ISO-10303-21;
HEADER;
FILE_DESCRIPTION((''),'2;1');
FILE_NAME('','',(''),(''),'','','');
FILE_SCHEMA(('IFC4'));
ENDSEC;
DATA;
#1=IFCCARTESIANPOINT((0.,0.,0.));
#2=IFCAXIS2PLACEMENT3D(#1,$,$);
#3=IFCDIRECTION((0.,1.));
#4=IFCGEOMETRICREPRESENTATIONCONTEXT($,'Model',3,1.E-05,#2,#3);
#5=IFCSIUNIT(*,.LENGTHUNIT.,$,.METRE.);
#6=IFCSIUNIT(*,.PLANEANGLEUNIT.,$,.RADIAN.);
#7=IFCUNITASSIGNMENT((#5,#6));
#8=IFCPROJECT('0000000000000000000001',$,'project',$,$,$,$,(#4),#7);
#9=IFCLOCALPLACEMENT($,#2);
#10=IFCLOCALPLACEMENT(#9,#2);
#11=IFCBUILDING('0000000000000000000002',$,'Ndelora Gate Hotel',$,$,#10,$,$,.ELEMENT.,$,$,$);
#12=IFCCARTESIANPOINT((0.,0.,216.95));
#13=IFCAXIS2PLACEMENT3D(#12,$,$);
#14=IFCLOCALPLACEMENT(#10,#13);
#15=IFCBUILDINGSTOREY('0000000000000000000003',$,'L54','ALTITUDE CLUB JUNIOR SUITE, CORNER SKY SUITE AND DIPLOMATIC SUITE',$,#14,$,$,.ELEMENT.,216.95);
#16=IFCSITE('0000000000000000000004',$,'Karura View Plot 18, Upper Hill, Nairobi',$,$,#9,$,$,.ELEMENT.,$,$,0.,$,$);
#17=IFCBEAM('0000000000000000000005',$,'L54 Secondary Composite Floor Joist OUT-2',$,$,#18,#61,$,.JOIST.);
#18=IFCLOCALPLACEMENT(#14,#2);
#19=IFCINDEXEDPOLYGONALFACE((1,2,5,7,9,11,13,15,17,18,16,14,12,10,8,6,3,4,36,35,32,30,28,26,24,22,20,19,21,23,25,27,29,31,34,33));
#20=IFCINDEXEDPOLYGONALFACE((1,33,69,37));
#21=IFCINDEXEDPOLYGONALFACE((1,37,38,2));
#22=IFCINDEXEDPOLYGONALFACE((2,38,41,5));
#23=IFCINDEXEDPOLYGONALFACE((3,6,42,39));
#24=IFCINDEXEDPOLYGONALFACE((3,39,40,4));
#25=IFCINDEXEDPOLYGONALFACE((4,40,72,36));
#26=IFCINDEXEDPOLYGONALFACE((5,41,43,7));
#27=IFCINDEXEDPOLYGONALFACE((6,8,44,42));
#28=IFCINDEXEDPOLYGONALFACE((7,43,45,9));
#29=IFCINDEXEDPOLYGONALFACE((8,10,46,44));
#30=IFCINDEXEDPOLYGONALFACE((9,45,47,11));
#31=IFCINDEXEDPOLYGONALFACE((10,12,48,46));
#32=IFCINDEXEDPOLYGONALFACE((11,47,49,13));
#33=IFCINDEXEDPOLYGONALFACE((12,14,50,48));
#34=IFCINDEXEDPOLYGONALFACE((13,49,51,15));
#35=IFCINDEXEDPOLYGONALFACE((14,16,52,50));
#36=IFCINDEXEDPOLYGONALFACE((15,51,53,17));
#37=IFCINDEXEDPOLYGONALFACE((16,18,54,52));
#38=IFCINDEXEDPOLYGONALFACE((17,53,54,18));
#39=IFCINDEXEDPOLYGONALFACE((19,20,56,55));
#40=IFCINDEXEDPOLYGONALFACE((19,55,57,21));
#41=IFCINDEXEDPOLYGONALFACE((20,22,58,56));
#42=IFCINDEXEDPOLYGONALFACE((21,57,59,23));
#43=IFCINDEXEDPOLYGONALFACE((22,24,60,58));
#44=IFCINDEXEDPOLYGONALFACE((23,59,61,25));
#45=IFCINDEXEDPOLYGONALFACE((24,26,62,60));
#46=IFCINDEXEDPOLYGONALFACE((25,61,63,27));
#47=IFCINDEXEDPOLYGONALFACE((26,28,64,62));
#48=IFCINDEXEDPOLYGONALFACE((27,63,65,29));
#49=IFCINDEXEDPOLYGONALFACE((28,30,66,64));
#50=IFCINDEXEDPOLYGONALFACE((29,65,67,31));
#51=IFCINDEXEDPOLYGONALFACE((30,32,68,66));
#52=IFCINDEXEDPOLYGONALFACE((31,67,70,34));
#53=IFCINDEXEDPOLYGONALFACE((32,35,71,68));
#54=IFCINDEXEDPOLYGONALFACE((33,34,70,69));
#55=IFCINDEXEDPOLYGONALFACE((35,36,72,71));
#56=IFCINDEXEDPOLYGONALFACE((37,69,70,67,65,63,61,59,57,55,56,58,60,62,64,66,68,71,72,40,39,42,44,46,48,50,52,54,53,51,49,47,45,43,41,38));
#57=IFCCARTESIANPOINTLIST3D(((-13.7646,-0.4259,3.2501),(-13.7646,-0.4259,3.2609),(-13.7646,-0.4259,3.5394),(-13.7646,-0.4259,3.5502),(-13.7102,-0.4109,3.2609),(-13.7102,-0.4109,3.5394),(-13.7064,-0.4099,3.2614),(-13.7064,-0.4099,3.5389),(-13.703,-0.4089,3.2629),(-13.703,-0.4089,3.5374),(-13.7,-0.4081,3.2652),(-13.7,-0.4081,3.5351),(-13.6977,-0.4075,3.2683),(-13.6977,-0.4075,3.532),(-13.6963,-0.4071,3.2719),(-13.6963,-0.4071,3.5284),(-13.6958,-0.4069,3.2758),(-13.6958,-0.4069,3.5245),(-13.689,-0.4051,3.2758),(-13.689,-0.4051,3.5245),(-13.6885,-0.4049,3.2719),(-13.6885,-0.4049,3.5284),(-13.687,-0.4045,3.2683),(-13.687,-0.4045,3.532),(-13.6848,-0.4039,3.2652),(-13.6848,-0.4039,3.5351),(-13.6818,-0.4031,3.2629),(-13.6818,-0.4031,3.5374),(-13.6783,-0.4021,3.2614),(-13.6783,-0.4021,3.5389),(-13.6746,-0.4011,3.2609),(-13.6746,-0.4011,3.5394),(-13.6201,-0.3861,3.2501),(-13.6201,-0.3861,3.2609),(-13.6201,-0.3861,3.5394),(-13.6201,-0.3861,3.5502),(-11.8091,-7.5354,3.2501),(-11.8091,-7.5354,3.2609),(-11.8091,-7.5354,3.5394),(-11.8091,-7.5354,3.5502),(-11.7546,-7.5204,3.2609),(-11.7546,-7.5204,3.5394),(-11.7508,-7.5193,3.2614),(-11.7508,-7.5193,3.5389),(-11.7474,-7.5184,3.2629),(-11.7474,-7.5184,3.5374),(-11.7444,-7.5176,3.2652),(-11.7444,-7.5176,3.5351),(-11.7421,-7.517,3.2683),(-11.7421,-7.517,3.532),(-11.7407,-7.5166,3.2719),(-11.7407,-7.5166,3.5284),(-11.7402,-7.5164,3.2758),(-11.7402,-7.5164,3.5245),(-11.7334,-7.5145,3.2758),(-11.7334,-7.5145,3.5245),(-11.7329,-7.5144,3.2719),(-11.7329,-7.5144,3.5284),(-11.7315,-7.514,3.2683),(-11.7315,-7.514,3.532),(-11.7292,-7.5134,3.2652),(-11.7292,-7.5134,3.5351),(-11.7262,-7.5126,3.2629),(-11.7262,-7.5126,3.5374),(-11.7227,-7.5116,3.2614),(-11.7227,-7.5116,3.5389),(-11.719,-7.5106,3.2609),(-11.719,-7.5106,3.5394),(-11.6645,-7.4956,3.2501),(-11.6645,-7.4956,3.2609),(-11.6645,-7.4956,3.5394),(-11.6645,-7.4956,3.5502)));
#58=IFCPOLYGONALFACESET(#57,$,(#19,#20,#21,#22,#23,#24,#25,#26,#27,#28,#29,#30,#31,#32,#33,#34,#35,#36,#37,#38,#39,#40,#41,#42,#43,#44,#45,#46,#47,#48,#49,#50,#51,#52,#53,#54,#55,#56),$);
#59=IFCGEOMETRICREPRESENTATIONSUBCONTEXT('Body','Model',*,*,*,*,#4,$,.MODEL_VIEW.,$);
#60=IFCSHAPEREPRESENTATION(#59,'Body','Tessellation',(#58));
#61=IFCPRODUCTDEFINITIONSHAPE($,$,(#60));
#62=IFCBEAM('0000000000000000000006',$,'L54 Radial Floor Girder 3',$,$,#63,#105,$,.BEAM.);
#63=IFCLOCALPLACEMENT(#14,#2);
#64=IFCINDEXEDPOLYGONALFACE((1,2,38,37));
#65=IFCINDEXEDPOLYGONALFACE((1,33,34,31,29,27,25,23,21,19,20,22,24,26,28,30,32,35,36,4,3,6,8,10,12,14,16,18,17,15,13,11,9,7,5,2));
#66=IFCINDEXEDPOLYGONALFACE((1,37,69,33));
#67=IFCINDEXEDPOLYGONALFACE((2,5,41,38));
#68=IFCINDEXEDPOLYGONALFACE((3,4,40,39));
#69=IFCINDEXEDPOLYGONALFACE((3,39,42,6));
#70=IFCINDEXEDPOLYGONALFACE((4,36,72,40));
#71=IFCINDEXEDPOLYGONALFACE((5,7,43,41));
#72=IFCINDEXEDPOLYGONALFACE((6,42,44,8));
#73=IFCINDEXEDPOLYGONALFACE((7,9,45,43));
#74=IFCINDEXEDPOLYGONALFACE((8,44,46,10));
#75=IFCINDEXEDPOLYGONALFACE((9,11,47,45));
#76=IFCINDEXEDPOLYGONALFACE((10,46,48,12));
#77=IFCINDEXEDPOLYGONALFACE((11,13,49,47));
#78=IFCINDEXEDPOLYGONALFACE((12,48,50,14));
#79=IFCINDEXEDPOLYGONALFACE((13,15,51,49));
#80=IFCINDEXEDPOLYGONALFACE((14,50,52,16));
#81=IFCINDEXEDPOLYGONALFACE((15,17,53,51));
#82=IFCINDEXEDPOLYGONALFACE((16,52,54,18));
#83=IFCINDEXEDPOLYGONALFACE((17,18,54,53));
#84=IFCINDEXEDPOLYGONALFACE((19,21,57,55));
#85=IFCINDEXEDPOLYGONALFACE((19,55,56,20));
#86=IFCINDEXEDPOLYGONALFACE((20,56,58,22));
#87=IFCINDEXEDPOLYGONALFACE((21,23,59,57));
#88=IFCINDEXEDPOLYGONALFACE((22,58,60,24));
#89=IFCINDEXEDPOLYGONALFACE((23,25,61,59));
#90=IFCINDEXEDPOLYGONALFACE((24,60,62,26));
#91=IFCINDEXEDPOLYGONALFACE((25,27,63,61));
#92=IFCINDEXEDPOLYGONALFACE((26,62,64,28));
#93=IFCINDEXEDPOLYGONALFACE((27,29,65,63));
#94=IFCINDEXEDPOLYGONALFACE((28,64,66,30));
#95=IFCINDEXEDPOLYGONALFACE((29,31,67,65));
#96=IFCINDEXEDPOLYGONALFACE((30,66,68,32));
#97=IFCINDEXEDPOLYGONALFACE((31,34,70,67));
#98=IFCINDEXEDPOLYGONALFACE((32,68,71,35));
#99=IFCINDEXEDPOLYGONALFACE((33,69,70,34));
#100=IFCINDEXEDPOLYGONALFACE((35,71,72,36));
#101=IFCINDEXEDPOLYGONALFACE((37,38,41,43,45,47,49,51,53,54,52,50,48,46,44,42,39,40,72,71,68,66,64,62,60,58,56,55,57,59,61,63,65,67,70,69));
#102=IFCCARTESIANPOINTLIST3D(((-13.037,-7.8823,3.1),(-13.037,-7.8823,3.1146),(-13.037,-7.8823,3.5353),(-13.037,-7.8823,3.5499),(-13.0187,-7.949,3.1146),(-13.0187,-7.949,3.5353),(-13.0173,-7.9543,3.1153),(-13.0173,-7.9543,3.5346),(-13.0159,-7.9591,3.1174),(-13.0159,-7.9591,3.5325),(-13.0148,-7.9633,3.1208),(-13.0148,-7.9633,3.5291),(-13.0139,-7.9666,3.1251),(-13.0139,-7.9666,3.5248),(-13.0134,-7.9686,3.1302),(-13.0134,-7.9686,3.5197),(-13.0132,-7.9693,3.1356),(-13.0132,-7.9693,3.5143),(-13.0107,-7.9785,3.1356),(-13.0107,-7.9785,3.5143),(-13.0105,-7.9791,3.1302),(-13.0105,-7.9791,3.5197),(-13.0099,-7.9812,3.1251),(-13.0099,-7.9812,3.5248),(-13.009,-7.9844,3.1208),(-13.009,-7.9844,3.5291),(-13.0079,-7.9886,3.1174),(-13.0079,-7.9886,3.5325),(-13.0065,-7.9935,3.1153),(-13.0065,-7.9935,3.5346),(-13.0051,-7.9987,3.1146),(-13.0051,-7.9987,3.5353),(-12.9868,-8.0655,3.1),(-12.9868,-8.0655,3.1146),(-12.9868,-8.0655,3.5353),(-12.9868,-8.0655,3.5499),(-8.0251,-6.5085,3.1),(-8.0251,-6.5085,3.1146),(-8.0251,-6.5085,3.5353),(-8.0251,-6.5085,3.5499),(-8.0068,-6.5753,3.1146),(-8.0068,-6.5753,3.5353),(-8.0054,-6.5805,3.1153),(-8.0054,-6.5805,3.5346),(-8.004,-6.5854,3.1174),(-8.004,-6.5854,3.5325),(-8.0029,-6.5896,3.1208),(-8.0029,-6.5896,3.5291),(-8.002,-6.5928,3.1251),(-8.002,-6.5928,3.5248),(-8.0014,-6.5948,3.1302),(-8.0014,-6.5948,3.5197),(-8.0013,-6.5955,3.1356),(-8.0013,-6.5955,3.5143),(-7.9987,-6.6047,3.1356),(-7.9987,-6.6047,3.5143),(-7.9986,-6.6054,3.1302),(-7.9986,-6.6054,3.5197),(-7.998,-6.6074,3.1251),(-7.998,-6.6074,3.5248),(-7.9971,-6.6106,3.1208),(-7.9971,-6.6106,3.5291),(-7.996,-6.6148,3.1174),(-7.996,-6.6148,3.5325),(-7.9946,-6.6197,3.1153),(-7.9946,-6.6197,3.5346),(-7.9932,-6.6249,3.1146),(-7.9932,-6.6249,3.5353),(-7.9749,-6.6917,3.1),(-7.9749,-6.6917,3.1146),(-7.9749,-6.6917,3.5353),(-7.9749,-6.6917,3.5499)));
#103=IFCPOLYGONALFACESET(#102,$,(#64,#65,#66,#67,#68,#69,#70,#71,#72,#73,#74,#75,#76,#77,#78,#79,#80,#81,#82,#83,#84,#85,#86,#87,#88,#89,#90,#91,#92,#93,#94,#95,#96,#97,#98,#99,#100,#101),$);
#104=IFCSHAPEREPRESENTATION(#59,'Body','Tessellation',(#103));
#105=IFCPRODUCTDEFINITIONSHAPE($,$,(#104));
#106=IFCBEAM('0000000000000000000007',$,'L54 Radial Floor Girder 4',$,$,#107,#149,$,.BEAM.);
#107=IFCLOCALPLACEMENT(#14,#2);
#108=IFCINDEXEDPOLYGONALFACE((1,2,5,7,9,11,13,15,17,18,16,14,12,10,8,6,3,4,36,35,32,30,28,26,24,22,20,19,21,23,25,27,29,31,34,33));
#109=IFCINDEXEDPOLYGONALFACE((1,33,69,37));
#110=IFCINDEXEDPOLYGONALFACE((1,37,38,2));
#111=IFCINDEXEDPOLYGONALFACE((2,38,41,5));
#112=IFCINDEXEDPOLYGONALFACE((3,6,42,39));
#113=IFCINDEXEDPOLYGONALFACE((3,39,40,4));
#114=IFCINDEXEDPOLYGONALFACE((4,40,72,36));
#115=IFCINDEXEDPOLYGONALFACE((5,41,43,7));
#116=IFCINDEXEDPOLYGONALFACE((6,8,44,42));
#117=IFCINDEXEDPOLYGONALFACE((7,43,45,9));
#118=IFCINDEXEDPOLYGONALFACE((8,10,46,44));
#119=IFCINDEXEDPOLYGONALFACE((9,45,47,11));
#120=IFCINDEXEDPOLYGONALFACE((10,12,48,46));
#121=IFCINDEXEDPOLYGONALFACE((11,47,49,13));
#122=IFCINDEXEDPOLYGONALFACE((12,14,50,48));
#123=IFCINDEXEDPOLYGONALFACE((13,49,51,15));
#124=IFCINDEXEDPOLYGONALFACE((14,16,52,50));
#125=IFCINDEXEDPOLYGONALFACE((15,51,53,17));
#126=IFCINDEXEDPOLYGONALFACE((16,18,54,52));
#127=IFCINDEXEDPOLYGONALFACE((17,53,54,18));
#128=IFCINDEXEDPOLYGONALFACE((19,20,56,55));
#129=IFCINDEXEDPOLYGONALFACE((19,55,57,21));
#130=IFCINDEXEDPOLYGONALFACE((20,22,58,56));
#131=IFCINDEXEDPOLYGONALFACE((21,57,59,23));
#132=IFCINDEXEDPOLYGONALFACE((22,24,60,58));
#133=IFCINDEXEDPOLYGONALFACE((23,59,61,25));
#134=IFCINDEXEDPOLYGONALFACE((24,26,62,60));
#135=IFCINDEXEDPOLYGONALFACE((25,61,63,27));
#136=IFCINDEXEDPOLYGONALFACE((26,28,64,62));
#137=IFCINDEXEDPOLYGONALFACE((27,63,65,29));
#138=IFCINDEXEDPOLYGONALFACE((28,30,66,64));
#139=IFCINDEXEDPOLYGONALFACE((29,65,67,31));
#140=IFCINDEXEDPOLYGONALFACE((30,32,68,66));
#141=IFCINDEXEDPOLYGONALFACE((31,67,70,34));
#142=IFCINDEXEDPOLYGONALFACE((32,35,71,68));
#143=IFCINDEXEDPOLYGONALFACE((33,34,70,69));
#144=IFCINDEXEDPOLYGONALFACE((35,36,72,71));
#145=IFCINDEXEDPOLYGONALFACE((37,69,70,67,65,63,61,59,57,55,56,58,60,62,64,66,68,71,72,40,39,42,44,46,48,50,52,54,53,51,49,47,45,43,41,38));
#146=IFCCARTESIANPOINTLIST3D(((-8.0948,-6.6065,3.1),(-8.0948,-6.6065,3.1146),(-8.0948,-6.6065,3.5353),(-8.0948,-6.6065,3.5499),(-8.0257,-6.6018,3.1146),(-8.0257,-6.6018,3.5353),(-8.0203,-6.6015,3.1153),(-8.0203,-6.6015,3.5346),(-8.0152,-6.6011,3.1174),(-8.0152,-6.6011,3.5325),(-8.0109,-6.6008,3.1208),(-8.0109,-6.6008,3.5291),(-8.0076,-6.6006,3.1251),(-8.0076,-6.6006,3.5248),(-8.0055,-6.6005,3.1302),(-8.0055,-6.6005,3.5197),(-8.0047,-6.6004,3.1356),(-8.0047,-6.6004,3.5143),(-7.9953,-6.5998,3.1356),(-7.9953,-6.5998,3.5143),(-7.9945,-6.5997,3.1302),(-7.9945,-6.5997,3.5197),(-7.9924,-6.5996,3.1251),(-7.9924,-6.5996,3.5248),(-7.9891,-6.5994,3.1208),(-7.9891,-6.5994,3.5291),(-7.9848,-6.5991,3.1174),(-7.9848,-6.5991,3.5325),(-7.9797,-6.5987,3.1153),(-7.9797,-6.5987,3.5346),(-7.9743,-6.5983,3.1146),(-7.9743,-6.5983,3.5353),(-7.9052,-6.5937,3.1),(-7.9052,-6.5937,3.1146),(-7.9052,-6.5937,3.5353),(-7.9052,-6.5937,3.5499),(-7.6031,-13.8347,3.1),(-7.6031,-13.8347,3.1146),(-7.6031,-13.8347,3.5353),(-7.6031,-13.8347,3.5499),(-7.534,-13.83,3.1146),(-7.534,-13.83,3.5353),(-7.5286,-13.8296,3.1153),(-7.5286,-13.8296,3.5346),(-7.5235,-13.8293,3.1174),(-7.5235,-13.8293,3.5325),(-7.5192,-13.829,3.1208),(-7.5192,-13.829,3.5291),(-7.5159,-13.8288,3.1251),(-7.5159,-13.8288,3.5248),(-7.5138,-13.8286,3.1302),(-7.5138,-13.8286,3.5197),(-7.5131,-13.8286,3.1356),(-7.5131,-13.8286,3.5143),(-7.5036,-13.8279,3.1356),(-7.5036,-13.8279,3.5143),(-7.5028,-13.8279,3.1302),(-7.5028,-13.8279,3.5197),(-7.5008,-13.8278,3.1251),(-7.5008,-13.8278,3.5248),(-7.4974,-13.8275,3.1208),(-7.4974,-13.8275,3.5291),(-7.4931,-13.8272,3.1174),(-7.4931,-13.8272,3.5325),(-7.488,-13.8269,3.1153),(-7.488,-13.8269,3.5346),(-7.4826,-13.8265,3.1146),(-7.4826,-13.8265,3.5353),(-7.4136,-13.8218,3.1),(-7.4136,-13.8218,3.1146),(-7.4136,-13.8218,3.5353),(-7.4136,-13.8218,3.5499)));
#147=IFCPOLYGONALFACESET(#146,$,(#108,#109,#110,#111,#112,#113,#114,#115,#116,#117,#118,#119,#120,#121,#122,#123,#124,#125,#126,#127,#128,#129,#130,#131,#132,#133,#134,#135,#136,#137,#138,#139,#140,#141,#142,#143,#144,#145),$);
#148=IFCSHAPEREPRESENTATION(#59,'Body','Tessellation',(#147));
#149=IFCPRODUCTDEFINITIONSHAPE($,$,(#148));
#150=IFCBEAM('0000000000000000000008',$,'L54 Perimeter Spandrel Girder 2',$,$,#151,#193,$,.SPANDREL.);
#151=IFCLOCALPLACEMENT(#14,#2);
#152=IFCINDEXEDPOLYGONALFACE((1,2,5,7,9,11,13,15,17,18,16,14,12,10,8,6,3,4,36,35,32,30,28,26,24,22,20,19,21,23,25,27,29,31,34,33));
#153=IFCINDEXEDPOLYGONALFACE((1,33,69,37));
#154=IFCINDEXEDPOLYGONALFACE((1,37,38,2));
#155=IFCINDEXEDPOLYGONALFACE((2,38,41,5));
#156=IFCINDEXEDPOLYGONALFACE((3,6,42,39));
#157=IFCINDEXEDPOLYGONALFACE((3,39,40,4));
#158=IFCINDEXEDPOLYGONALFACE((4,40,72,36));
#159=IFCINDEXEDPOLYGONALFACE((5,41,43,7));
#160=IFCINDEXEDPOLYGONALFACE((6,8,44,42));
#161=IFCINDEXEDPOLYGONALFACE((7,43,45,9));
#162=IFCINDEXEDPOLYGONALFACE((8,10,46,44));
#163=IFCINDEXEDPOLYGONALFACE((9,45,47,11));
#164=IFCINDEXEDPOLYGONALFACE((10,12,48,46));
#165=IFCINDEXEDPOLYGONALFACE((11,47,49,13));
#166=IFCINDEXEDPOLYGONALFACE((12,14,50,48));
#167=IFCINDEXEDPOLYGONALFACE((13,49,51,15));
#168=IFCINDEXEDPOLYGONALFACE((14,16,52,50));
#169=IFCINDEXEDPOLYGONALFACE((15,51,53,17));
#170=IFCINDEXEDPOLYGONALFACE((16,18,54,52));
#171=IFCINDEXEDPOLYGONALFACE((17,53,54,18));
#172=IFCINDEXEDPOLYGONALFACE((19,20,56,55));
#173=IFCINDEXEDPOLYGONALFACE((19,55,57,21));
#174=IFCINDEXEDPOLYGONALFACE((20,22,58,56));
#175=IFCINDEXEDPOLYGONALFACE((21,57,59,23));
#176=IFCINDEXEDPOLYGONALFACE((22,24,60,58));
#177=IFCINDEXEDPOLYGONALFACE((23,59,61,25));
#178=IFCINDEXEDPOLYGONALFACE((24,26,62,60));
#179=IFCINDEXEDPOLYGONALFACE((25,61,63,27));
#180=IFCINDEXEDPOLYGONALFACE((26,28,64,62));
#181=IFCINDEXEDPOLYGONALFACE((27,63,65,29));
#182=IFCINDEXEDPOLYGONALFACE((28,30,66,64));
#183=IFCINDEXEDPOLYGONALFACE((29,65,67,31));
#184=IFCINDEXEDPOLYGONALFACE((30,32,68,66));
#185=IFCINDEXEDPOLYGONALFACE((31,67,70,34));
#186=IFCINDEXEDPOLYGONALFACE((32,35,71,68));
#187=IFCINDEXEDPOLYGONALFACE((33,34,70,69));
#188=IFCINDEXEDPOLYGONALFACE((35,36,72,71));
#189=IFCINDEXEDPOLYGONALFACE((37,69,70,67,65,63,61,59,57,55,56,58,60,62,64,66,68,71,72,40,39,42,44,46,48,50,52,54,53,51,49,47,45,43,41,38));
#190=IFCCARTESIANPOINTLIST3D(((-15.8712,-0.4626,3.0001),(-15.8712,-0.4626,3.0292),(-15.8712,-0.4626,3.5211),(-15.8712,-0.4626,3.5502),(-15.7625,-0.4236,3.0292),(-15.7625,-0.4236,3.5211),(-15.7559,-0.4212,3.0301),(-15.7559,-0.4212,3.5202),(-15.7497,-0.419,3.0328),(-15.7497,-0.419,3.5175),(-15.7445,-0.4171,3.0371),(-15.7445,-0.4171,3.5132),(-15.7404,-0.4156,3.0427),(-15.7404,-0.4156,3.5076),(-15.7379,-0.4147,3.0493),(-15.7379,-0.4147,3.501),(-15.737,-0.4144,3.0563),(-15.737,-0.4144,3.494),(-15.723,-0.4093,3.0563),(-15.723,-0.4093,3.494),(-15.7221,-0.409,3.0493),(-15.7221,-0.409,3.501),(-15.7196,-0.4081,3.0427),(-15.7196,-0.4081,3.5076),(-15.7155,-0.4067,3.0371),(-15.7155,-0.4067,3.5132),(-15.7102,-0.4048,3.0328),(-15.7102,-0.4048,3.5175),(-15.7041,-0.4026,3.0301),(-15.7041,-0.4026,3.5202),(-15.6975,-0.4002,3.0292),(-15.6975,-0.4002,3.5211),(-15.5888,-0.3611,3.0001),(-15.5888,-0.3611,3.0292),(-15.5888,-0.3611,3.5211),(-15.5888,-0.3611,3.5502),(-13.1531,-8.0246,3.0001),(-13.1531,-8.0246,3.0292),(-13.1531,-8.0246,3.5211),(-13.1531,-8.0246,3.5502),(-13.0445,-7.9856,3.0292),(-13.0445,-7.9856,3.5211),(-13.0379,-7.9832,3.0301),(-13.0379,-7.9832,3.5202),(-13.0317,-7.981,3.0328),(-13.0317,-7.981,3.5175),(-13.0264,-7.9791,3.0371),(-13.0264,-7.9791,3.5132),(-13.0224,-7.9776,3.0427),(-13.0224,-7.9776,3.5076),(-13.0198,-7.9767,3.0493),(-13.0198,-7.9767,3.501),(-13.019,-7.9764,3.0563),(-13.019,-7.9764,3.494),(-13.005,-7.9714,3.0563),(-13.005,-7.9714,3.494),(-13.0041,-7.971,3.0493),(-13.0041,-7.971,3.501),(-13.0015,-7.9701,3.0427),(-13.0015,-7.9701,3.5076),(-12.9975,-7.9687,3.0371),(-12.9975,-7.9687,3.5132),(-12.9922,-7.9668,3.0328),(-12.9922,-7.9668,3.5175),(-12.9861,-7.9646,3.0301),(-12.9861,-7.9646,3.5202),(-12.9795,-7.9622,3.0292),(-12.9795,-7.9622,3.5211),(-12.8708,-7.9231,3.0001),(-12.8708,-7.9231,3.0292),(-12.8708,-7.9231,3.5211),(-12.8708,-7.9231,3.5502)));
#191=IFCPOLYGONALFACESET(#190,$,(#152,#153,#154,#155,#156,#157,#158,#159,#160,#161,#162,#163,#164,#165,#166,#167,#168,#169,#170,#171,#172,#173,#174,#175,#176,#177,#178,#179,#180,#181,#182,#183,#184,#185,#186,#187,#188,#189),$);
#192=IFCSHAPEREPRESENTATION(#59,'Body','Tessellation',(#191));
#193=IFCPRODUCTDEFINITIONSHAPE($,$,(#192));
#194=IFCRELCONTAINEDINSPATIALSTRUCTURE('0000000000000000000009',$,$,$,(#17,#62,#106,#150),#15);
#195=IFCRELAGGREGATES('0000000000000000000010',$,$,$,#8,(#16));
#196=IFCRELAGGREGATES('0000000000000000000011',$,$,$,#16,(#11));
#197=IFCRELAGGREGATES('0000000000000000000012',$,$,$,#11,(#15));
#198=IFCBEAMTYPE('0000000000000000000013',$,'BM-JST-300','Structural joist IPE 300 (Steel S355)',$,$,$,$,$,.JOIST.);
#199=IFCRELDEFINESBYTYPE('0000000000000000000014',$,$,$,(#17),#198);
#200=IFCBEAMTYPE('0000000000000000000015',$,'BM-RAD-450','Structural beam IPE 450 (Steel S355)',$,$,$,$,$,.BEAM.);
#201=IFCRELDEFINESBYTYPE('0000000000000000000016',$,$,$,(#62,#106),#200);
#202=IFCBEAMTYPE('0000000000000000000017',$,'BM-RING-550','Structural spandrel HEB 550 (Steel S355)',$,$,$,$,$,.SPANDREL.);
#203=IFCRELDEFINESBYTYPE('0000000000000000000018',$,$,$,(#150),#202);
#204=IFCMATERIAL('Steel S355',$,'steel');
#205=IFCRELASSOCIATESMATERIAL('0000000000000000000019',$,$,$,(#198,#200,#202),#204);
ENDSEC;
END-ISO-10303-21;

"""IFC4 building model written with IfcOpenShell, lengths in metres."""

from ifc_helpers import new_model, si_unit, direction, frame, origin, origin_2d, place, context, subcontext, project, spatial, i_section, extrude, material, material_profile, profile_set, type_object, element, save


model = new_model("IFC4")

# Units and contexts
model_context = context("Model", 3, precision=1e-05, world=origin(), true_north=direction((0.0, 1.0)))
body_context = subcontext(model_context, "Body", "Model", "MODEL_VIEW")
ifc_project = project(units=[si_unit("LENGTHUNIT", "METRE"), si_unit("PLANEANGLEUNIT", "RADIAN")], contexts=[model_context])

# Site, building, storey
site_placement = place(None, origin())
site = spatial("IfcSite", under=ifc_project, at=site_placement, Name="Karura View Plot 18, Upper Hill, Nairobi", CompositionType="ELEMENT", RefElevation=0.0)
building_placement = place(site_placement, origin())
building = spatial("IfcBuilding", under=site, at=building_placement, Name="Ndelora Gate Hotel", CompositionType="ELEMENT")
storey_placement = place(building_placement, frame((0.0, 0.0, 216.95)))
storey = spatial("IfcBuildingStorey", under=building, at=storey_placement, Name="L54", Description="ALTITUDE CLUB JUNIOR SUITE, CORNER SKY SUITE AND DIPLOMATIC SUITE", CompositionType="ELEMENT", Elevation=216.95)

# Beams
ifc_material_1 = material(Name="Steel S355", Category="steel")
ifc_material_profile_1 = material_profile(ifc_material_1, i_section(OverallWidth=0.1499, OverallDepth=0.3, WebThickness=0.0071, FlangeThickness=0.0107, FilletRadius=0.0149, at=origin_2d()), Name="IPE 300")
ifc_profile_set_1 = profile_set([ifc_material_profile_1], Name="Steel S355")
beam_type_1 = type_object("IfcBeamType", Name="BM-JST-300", Description="Structural joist IPE 300 (Steel S355)", PredefinedType="JOIST", material=ifc_profile_set_1)
beam_1_placement = place(storey_placement, frame((-13.6924, -0.406, 3.4001), z_axis=(0.265218, -0.964188, 0.0), x_axis=(0.964188, 0.265218, 0.0)))
element("IfcBeam", 1, at=beam_1_placement, inside=storey, type_object=beam_type_1, Name="L54 Secondary Composite Floor Joist OUT-2", PredefinedType="JOIST", context=body_context, shape_type="SweptSolid", body=[
    extrude(i_section(OverallWidth=0.1499, OverallDepth=0.3, WebThickness=0.0071, FlangeThickness=0.0107, FilletRadius=0.0149, at=origin_2d()), origin(), (0.0, 0.0, 1.0), 7.3735),
])
ifc_material_profile_2 = material_profile(ifc_material_1, i_section(OverallWidth=0.1899, OverallDepth=0.45, WebThickness=0.0095, FlangeThickness=0.0146, FilletRadius=0.021, at=origin_2d()), Name="IPE 450")
ifc_profile_set_2 = profile_set([ifc_material_profile_2], Name="Steel S355")
beam_type_2 = type_object("IfcBeamType", Name="BM-RAD-450", Description="Structural beam IPE 450 (Steel S355)", PredefinedType="BEAM", material=ifc_profile_set_2)
beam_2_placement = place(storey_placement, frame((-8.0, -6.6001, 3.325), z_axis=(-0.964427, -0.264349, 0.0), x_axis=(0.264349, -0.964427, 0.0)))
element("IfcBeam", 2, at=beam_2_placement, inside=storey, type_object=beam_type_2, Name="L54 Radial Floor Girder 3", PredefinedType="BEAM", context=body_context, shape_type="SweptSolid", body=[
    extrude(i_section(OverallWidth=0.1899, OverallDepth=0.45, WebThickness=0.0095, FlangeThickness=0.0146, FilletRadius=0.021, at=origin_2d()), origin(), (0.0, 0.0, 1.0), 5.1968),
])
beam_3_placement = place(storey_placement, frame((-8.0, -6.6001, 3.325), z_axis=(0.067868, -0.997694, 0.0), x_axis=(0.997694, 0.067868, 0.0)))
element("IfcBeam", 3, at=beam_3_placement, inside=storey, type_object=beam_type_2, Name="L54 Radial Floor Girder 4", PredefinedType="BEAM", context=body_context, shape_type="SweptSolid", body=[
    extrude(i_section(OverallWidth=0.1899, OverallDepth=0.45, WebThickness=0.0095, FlangeThickness=0.0146, FilletRadius=0.021, at=origin_2d()), origin(), (0.0, 0.0, 1.0), 7.2449),
])
ifc_material_profile_3 = material_profile(ifc_material_1, i_section(OverallWidth=0.3, OverallDepth=0.55, WebThickness=0.0149, FlangeThickness=0.0291, FilletRadius=0.0271, at=origin_2d()), Name="HEB 550")
ifc_profile_set_3 = profile_set([ifc_material_profile_3], Name="Steel S355")
beam_type_3 = type_object("IfcBeamType", Name="BM-RING-550", Description="Structural spandrel HEB 550 (Steel S355)", PredefinedType="SPANDREL", material=ifc_profile_set_3)
beam_4_placement = place(storey_placement, frame((-15.73, -0.4119, 3.2751), z_axis=(0.338245, -0.941058, 0.0), x_axis=(0.941058, 0.338245, 0.0)))
element("IfcBeam", 4, at=beam_4_placement, inside=storey, type_object=beam_type_3, Name="L54 Perimeter Spandrel Girder 2", PredefinedType="SPANDREL", context=body_context, shape_type="SweptSolid", body=[
    extrude(i_section(OverallWidth=0.3, OverallDepth=0.55, WebThickness=0.0149, FlangeThickness=0.0291, FilletRadius=0.0271, at=origin_2d()), origin(), (0.0, 0.0, 1.0), 8.0356),
])

save(model, "model.ifc")
